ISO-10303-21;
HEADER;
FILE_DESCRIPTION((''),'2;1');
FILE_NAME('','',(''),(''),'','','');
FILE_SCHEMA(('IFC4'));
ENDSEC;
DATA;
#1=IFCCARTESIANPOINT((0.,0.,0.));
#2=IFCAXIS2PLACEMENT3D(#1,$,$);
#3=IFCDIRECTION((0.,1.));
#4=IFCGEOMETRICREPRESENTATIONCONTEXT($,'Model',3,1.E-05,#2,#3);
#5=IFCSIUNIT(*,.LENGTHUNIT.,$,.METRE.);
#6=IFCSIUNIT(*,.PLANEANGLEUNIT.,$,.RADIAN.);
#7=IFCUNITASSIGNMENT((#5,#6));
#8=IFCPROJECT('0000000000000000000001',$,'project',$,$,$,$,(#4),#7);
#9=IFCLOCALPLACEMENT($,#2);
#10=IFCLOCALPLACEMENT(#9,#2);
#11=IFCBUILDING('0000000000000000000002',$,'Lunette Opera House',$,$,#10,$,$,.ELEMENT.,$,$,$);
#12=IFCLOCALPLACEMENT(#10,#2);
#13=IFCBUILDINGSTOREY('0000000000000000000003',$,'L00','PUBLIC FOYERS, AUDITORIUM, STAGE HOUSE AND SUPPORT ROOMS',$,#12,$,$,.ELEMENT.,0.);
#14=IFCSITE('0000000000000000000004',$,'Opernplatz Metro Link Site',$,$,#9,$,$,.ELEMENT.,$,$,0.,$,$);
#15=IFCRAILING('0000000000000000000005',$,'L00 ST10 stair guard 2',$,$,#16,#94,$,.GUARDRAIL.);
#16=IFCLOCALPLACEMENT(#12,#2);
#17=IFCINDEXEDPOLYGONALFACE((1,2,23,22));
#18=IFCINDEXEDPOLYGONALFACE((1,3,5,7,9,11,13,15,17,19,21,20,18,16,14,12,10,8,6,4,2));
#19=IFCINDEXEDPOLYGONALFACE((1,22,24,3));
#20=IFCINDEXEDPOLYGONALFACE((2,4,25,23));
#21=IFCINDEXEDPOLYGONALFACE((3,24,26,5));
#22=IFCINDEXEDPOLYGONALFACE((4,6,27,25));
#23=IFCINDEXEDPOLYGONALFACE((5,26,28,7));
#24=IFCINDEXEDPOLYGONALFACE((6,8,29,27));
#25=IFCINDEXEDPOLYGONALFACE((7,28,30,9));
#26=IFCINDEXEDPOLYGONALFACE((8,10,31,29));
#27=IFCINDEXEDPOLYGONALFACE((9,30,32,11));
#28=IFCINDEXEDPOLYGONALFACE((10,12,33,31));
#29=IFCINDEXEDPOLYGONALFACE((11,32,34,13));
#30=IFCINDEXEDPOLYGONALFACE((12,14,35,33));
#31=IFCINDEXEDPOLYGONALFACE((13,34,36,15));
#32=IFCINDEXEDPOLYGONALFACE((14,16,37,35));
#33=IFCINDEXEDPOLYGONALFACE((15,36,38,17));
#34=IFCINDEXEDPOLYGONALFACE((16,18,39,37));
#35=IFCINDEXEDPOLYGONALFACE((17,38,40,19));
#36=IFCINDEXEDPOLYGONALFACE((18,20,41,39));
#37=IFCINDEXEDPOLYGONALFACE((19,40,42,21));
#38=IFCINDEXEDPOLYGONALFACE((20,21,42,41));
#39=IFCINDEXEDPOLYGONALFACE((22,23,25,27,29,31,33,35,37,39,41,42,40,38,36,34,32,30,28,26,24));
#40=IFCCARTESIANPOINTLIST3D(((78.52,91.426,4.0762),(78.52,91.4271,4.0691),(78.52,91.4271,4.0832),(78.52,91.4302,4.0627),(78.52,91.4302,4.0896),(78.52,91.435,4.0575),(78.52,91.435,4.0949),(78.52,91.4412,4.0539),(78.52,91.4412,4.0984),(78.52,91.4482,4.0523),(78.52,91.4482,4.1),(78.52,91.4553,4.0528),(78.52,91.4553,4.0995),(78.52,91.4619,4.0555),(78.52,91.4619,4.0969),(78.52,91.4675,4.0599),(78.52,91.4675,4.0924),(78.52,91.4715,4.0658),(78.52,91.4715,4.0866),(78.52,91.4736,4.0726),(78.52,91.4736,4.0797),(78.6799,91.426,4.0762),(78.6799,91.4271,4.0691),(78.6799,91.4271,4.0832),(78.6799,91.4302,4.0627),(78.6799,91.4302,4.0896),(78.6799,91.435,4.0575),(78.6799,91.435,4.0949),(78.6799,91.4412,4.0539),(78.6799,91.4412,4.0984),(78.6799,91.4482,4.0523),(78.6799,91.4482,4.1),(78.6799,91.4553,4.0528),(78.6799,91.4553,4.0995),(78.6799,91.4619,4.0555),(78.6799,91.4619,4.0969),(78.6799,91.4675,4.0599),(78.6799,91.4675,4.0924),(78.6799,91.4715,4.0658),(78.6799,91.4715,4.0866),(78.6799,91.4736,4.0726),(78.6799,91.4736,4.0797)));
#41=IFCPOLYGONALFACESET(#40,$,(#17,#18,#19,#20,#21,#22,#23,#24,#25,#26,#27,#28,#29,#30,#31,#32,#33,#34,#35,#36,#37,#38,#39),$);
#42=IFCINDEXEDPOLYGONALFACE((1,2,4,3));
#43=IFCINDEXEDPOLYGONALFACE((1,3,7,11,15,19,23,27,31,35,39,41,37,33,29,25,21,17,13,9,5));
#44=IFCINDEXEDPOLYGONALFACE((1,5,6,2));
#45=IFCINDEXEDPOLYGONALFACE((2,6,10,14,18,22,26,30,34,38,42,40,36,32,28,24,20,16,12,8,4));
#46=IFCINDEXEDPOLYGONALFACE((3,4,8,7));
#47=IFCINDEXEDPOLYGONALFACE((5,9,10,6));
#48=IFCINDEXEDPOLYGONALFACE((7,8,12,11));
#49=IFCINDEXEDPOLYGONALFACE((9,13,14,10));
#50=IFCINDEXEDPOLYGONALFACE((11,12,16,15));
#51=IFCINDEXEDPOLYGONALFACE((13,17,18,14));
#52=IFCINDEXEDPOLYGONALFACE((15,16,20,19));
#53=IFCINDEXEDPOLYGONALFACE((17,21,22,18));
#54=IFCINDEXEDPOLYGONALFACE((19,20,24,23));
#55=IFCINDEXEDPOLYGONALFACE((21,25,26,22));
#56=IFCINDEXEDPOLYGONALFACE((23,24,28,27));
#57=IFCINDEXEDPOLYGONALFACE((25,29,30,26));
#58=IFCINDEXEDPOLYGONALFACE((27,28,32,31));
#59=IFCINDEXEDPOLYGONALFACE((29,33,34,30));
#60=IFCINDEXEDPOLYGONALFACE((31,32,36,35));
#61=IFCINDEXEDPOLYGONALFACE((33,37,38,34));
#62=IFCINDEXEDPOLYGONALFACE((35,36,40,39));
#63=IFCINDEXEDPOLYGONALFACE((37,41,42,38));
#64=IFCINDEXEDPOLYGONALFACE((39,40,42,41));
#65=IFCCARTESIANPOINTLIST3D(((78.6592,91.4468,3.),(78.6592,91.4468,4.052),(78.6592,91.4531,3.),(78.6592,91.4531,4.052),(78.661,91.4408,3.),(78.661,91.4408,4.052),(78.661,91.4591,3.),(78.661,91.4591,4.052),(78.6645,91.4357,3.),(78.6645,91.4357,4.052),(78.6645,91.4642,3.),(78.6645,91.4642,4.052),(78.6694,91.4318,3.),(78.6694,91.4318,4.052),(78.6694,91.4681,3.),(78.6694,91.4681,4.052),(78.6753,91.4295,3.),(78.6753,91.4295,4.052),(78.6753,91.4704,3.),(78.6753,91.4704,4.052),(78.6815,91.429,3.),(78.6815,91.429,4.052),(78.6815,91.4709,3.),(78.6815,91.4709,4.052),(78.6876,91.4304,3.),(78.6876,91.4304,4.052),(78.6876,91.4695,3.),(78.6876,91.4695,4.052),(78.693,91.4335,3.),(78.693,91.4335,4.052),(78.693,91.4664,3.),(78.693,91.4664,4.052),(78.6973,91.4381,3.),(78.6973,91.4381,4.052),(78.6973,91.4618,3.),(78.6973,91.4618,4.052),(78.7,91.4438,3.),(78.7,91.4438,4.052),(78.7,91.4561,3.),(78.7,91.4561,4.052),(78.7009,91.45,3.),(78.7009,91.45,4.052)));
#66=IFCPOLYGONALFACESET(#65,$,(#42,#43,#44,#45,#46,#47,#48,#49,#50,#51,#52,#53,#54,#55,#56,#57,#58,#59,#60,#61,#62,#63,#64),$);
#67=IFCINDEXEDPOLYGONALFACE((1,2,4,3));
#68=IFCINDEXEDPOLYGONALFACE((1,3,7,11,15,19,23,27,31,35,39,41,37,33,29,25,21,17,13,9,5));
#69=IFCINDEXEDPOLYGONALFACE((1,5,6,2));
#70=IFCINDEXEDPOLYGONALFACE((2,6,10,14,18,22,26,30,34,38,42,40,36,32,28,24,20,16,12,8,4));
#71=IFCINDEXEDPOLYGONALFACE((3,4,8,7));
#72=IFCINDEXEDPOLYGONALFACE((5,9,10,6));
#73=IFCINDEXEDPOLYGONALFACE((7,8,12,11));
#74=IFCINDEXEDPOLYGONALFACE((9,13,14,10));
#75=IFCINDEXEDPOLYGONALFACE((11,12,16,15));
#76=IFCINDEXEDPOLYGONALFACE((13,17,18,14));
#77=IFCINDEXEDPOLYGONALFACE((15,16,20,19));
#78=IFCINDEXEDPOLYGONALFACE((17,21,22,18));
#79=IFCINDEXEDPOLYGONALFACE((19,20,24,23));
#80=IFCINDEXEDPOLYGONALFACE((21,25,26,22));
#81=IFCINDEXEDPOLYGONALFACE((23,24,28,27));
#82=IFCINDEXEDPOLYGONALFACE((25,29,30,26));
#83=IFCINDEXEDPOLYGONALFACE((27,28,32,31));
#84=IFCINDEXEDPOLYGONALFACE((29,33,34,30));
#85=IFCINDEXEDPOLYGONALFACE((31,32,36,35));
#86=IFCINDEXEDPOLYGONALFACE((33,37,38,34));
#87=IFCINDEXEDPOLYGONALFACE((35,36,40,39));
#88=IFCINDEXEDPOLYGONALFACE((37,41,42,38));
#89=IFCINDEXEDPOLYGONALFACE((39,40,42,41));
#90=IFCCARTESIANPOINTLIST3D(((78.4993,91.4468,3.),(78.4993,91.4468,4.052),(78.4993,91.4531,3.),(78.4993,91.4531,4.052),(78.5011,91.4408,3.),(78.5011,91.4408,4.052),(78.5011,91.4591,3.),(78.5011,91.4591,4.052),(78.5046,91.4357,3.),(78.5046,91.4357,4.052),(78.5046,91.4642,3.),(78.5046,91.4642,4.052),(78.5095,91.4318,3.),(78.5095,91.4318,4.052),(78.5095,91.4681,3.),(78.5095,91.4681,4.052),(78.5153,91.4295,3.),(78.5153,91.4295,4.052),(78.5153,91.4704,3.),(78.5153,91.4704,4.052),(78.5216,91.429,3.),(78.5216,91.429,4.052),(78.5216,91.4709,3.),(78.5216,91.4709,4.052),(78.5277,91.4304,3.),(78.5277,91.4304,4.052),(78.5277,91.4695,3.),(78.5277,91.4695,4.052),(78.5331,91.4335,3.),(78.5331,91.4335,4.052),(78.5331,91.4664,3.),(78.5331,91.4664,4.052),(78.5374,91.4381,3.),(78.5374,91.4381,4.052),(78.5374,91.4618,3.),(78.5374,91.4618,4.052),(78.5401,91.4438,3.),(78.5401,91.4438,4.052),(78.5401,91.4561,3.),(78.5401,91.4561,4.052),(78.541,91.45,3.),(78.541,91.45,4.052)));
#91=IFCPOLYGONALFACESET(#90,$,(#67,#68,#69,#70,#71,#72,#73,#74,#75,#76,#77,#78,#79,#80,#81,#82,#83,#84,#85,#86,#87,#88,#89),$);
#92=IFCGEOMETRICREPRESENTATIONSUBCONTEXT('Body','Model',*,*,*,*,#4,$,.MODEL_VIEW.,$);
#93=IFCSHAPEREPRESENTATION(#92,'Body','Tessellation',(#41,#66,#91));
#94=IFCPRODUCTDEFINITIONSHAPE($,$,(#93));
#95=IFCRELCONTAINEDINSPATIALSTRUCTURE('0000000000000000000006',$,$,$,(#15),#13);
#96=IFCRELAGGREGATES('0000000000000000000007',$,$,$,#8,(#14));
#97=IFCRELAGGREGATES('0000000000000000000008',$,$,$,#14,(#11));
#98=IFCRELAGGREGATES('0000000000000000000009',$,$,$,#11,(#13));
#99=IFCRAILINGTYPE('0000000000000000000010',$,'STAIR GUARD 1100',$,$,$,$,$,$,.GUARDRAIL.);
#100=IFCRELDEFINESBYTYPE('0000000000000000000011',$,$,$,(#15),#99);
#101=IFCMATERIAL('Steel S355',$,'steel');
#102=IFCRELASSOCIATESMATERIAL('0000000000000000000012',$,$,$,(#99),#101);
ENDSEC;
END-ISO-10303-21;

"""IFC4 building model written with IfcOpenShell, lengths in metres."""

from ifc_helpers import new_model, si_unit, direction, frame, origin, origin_2d, place, context, subcontext, project, spatial, circle, extrude, material, type_object, element, save


model = new_model("IFC4")

# Units and contexts
model_context = context("Model", 3, precision=1e-05, world=origin(), true_north=direction((0.0, 1.0)))
body_context = subcontext(model_context, "Body", "Model", "MODEL_VIEW")
ifc_project = project(units=[si_unit("LENGTHUNIT", "METRE"), si_unit("PLANEANGLEUNIT", "RADIAN")], contexts=[model_context])

# Site, building, storey
site_placement = place(None, origin())
site = spatial("IfcSite", under=ifc_project, at=site_placement, Name="Opernplatz Metro Link Site", CompositionType="ELEMENT", RefElevation=0.0)
building_placement = place(site_placement, origin())
building = spatial("IfcBuilding", under=site, at=building_placement, Name="Lunette Opera House", CompositionType="ELEMENT")
storey_placement = place(building_placement, origin())
storey = spatial("IfcBuildingStorey", under=building, at=storey_placement, Name="L00", Description="PUBLIC FOYERS, AUDITORIUM, STAGE HOUSE AND SUPPORT ROOMS", CompositionType="ELEMENT", Elevation=0.0)

# Railing
ifc_material_1 = material(Name="Steel S355", Category="steel")
railing_type_1 = type_object("IfcRailingType", Name="STAIR GUARD 1100", PredefinedType="GUARDRAIL", material=ifc_material_1)
railing_1_placement = place(storey_placement, frame((78.6799, 91.45, 3.0)))
element("IfcRailing", 1, at=railing_1_placement, inside=storey, type_object=railing_type_1, Name="L00 ST10 stair guard 2", PredefinedType="GUARDRAIL", context=body_context, shape_type="SweptSolid", body=[
    extrude(circle(Radius=0.0239, at=origin_2d()), frame((0.0, 0.0, 1.0762), z_axis=(-1.0, 0.0, 0.0), x_axis=(0.0, -1.0, 0.0)), (0.0, 0.0, 1.0), 0.1599),
    extrude(circle(Radius=0.021, at=origin_2d()), origin(), (0.0, 0.0, 1.0), 1.052),
    extrude(circle(Radius=0.021, at=origin_2d()), frame((-0.1599, 0.0, 0.0)), (0.0, 0.0, 1.0), 1.052),
])

save(model, "model.ifc")
